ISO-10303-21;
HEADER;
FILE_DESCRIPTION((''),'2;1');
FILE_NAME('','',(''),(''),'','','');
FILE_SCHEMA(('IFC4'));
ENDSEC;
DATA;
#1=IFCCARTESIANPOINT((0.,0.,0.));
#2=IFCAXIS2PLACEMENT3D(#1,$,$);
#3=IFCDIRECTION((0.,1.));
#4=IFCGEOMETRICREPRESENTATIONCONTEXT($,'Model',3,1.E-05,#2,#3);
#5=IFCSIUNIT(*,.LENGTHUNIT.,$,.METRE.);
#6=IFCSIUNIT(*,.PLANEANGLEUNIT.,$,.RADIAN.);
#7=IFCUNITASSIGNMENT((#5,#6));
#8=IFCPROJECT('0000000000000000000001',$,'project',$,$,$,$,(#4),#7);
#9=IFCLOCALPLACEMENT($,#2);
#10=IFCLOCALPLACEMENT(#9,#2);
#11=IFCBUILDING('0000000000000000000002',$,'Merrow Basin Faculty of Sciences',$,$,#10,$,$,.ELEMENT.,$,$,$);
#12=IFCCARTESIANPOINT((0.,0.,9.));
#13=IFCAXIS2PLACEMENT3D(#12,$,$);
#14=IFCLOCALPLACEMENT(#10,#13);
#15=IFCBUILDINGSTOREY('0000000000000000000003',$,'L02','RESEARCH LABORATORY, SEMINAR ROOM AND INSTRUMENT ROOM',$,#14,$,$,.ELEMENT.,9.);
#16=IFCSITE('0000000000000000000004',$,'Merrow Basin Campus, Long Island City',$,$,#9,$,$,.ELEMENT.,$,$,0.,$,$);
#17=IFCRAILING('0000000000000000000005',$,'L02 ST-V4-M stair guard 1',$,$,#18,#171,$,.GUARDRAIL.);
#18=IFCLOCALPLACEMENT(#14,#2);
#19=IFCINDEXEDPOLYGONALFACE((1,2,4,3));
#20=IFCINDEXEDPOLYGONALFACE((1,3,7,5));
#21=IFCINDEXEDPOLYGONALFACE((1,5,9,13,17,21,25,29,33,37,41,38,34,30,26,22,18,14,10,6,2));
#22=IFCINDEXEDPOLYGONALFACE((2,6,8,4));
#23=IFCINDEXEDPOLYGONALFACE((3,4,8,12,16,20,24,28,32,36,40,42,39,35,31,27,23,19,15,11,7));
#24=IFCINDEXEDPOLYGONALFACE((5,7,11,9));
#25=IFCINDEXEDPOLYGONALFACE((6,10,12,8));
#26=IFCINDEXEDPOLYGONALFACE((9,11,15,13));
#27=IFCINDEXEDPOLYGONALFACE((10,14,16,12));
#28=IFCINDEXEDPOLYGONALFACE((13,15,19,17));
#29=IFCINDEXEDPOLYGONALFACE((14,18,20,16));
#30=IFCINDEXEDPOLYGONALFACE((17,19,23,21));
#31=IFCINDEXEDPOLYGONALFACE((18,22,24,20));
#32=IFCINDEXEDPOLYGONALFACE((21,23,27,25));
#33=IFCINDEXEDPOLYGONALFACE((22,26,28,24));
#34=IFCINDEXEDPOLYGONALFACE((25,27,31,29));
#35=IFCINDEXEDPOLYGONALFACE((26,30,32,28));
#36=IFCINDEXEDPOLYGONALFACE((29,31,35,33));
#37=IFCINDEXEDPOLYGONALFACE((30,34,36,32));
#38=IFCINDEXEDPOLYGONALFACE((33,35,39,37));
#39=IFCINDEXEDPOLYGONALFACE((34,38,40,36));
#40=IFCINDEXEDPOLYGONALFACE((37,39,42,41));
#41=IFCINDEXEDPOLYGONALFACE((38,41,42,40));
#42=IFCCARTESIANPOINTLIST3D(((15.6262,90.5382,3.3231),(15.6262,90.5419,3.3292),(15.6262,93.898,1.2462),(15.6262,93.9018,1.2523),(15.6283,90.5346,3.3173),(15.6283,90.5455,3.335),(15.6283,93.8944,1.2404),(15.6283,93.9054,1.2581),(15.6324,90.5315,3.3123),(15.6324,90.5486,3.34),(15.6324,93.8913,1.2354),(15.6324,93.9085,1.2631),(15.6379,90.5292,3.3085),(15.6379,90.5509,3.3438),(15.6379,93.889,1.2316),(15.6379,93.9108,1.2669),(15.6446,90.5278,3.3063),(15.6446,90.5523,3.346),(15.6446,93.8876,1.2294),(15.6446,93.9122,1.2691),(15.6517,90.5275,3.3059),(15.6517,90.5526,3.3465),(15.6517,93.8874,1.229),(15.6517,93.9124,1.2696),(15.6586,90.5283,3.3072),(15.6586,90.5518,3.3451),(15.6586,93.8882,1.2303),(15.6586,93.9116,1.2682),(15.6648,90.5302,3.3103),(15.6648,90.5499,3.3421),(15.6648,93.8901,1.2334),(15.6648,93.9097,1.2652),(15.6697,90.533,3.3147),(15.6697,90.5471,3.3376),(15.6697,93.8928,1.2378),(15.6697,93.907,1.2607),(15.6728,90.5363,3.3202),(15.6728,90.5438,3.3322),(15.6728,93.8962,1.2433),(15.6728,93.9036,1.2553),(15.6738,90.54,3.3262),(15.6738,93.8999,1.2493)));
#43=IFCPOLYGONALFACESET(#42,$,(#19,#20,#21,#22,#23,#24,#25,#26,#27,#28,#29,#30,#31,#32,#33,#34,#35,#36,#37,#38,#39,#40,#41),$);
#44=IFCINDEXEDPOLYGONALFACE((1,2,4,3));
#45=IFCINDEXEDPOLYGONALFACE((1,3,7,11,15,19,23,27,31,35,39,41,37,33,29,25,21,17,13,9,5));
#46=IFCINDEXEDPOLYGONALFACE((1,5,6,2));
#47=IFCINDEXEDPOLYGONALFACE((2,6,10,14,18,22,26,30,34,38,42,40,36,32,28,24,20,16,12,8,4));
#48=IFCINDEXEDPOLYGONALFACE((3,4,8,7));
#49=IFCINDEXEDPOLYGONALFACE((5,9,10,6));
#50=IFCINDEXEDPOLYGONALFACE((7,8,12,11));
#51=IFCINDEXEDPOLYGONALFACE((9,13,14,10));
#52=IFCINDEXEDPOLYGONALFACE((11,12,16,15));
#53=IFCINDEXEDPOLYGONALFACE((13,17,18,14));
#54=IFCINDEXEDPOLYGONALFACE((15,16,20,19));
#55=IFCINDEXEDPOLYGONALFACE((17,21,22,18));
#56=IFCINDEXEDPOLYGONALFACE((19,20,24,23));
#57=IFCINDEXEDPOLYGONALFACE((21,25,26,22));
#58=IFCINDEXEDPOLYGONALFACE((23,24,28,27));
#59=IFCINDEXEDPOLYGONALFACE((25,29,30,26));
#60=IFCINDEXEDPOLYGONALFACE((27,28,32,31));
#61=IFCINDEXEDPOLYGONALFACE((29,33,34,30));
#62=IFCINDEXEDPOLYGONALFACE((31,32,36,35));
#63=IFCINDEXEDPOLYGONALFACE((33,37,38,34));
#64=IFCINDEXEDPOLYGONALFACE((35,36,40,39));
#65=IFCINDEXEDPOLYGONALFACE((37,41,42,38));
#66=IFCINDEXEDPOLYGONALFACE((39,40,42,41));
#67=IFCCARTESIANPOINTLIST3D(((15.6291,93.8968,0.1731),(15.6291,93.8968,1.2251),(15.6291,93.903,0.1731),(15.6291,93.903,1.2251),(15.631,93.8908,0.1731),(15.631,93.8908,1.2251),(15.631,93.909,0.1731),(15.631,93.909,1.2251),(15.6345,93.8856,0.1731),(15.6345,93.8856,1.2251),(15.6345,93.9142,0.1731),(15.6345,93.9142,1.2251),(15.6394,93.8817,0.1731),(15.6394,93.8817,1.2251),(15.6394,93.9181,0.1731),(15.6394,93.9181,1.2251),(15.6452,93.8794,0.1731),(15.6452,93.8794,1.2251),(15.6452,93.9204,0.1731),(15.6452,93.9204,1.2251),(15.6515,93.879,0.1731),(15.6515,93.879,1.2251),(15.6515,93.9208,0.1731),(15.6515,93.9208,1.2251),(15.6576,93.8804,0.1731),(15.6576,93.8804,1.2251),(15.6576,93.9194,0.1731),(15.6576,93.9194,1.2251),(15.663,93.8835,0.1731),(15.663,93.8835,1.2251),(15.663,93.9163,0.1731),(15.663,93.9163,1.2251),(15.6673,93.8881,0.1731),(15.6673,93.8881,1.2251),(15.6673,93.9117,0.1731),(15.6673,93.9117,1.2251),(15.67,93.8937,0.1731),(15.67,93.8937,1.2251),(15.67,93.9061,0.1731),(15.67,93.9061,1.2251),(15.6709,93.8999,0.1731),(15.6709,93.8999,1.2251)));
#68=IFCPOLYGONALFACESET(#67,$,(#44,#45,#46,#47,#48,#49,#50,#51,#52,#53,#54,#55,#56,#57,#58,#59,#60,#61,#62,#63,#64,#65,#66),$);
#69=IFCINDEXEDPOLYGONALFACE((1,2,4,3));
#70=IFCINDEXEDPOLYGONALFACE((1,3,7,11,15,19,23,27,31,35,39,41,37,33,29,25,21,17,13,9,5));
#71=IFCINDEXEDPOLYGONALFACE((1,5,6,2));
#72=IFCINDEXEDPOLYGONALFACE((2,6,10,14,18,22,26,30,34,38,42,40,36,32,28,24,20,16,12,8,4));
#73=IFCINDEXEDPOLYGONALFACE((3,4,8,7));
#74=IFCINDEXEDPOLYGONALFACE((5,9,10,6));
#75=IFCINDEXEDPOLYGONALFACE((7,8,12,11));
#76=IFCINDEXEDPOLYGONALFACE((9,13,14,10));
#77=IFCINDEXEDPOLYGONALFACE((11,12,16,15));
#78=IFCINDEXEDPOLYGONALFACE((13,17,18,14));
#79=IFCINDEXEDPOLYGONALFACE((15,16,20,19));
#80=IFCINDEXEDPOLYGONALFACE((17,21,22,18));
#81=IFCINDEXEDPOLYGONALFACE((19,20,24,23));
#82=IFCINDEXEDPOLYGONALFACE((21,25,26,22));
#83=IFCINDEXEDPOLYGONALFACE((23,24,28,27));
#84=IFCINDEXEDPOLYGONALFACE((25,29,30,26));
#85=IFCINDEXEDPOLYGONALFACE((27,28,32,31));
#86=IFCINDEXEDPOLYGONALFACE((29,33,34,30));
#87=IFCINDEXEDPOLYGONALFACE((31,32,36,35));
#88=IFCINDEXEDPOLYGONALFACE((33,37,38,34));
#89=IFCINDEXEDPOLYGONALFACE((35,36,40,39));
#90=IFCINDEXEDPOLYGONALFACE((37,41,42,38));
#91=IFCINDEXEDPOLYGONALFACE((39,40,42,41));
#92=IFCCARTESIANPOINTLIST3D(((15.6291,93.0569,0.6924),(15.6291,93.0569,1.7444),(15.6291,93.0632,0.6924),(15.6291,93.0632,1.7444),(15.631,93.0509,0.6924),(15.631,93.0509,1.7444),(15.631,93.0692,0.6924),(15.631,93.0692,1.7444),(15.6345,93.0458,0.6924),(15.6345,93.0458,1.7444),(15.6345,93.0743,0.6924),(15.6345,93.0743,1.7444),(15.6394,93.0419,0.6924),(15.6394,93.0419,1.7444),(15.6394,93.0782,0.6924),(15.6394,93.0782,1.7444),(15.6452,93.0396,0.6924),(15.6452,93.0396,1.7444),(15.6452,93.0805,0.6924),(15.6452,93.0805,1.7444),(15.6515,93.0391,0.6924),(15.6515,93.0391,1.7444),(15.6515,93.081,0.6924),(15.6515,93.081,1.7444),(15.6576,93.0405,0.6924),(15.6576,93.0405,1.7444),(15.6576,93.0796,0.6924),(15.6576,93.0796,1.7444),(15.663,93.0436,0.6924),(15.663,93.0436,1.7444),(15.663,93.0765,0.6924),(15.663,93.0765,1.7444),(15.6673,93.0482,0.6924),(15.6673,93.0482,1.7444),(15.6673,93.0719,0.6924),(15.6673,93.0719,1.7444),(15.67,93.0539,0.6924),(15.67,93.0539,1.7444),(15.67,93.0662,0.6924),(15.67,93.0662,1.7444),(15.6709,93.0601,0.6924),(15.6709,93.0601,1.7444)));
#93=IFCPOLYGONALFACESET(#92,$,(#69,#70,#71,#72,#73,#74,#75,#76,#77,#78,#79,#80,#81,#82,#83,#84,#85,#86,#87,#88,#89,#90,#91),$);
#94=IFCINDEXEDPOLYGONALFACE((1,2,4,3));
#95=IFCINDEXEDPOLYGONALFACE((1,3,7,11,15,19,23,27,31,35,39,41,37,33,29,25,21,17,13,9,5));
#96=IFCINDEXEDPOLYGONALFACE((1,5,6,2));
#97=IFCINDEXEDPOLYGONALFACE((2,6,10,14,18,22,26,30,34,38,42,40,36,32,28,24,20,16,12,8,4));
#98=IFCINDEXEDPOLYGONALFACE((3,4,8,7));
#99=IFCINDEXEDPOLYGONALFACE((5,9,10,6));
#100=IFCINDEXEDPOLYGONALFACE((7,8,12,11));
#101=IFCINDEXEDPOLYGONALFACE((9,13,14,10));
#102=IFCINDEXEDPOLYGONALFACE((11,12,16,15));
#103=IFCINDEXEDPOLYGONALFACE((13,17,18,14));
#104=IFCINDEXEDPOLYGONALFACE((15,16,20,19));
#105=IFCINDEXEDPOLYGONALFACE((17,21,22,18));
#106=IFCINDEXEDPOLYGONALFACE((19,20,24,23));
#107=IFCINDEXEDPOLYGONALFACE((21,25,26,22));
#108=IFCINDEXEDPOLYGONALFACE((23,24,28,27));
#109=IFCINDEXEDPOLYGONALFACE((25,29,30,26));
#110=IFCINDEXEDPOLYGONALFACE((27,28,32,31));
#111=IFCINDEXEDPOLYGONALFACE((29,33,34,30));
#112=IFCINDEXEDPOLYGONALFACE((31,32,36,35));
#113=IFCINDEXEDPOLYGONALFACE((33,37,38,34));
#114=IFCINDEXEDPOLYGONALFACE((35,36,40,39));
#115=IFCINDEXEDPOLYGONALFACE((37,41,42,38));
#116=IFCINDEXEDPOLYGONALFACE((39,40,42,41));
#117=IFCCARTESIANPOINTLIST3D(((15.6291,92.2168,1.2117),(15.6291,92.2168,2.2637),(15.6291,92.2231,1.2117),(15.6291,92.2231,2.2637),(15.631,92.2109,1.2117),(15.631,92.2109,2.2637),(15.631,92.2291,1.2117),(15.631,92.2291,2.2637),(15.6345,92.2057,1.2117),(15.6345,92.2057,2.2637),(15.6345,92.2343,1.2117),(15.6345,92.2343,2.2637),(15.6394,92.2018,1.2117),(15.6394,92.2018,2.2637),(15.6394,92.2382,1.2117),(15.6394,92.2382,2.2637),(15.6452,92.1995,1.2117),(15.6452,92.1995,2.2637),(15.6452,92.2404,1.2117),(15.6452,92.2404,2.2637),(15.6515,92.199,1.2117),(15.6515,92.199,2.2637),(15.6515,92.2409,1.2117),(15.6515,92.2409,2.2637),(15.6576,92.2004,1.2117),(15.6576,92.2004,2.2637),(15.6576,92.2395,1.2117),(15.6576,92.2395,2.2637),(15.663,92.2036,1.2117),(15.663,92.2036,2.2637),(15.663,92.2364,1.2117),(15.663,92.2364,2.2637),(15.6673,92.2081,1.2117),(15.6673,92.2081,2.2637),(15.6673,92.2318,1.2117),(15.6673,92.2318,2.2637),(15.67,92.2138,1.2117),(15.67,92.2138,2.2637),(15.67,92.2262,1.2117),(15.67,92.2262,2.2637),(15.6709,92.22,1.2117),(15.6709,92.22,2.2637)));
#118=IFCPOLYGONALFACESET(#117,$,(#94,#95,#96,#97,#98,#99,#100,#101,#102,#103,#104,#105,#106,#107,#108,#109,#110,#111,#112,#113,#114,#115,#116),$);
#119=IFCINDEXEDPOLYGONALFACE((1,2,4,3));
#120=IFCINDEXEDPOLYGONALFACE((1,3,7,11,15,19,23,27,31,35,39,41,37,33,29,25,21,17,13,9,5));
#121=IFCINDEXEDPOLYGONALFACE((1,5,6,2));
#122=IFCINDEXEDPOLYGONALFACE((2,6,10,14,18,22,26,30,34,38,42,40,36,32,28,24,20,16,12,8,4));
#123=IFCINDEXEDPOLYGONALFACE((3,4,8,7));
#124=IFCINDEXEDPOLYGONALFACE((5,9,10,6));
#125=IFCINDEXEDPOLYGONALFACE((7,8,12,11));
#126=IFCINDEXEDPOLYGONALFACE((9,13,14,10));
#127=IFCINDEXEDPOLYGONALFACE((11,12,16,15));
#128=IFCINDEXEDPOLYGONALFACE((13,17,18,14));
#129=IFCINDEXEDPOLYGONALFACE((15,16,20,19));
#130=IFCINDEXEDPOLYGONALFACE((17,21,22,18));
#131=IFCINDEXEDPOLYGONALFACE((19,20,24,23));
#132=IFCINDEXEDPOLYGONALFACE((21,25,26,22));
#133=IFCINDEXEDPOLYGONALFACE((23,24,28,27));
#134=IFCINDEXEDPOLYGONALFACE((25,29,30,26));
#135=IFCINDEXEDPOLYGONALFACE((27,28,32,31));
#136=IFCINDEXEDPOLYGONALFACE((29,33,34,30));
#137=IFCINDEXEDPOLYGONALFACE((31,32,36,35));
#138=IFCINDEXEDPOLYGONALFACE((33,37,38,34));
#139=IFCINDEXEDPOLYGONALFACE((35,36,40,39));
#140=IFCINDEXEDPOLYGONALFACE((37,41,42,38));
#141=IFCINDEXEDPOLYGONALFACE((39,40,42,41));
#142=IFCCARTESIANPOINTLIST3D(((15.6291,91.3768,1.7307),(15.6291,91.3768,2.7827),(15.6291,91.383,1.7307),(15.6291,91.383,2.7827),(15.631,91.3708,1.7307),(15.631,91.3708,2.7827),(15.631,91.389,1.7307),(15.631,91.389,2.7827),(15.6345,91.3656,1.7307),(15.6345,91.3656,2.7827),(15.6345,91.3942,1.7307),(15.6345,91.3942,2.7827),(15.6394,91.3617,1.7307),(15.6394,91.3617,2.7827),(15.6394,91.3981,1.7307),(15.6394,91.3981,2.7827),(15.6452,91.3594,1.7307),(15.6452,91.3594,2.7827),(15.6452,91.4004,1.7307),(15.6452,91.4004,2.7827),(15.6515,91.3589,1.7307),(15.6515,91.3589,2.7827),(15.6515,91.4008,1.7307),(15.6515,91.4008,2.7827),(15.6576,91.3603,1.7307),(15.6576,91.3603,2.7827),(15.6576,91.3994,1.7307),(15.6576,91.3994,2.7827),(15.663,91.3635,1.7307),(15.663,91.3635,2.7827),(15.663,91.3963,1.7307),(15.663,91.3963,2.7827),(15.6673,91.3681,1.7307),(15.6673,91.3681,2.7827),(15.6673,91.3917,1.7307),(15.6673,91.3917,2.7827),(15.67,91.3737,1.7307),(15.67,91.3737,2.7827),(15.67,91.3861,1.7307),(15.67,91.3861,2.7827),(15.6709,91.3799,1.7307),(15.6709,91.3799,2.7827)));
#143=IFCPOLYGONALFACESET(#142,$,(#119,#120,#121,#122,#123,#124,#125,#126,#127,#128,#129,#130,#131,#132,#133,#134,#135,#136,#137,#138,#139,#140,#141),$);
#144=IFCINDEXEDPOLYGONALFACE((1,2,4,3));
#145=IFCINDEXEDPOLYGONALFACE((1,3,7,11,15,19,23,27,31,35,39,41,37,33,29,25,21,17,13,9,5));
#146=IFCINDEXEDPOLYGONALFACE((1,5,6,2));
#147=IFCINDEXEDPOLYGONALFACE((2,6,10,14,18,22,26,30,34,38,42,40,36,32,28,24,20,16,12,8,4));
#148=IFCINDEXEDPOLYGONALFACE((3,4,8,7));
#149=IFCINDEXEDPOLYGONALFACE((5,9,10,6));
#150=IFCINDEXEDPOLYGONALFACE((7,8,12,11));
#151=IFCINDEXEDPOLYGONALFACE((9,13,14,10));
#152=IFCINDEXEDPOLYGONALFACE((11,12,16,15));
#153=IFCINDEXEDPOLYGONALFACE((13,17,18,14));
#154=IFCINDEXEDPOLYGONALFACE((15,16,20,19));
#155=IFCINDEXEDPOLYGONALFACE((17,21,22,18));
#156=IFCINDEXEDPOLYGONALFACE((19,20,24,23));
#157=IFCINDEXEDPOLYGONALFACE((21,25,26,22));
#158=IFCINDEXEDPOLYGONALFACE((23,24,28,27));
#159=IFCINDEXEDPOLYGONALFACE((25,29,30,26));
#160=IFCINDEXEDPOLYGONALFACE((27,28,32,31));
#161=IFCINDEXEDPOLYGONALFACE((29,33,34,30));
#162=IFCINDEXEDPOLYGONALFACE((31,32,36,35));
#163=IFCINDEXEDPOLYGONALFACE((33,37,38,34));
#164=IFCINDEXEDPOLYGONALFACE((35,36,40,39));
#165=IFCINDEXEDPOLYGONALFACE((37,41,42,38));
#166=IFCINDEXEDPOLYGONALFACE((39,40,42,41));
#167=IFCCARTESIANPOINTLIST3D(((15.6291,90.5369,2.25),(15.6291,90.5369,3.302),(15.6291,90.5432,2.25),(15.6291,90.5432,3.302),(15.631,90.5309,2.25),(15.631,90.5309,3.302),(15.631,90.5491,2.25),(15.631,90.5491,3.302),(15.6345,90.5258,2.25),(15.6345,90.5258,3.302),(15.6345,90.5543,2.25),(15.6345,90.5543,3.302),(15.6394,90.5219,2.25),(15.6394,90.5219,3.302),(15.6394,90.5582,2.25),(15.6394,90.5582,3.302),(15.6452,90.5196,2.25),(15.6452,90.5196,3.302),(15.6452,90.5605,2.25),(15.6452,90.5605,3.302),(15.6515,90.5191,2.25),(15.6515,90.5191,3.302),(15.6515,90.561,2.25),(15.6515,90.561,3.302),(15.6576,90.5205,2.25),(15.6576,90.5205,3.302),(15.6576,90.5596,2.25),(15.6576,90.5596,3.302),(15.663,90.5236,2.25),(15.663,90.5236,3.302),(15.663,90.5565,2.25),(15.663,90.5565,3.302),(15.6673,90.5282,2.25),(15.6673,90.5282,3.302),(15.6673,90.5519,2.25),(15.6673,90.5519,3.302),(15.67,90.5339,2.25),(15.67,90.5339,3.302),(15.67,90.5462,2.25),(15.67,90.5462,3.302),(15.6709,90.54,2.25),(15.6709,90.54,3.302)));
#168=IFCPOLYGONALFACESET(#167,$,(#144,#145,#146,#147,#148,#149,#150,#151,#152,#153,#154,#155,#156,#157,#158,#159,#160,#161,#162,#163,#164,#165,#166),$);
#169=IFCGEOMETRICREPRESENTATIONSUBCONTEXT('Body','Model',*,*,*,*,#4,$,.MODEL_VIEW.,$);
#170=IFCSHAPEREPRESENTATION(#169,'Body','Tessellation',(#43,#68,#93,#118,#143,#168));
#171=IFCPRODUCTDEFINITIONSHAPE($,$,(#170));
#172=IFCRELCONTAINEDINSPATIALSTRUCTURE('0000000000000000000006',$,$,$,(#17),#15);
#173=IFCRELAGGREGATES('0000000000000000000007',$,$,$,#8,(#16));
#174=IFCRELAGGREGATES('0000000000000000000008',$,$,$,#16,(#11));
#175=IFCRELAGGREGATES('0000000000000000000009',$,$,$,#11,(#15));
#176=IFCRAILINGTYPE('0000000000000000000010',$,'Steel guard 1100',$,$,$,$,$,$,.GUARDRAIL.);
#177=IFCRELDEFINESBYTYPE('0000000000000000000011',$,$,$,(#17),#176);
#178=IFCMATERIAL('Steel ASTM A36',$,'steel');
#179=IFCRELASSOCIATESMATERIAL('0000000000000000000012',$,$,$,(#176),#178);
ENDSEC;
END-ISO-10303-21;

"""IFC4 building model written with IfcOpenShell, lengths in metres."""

from ifc_helpers import new_model, si_unit, direction, frame, origin, origin_2d, place, context, subcontext, project, spatial, circle, extrude, material, type_object, element, save


model = new_model("IFC4")

# Units and contexts
model_context = context("Model", 3, precision=1e-05, world=origin(), true_north=direction((0.0, 1.0)))
body_context = subcontext(model_context, "Body", "Model", "MODEL_VIEW")
ifc_project = project(units=[si_unit("LENGTHUNIT", "METRE"), si_unit("PLANEANGLEUNIT", "RADIAN")], contexts=[model_context])

# Site, building, storey
site_placement = place(None, origin())
site = spatial("IfcSite", under=ifc_project, at=site_placement, Name="Merrow Basin Campus, Long Island City", CompositionType="ELEMENT", RefElevation=0.0)
building_placement = place(site_placement, origin())
building = spatial("IfcBuilding", under=site, at=building_placement, Name="Merrow Basin Faculty of Sciences", CompositionType="ELEMENT")
storey_placement = place(building_placement, frame((0.0, 0.0, 9.0)))
storey = spatial("IfcBuildingStorey", under=building, at=storey_placement, Name="L02", Description="RESEARCH LABORATORY, SEMINAR ROOM AND INSTRUMENT ROOM", CompositionType="ELEMENT", Elevation=9.0)

# Railing
ifc_material_1 = material(Name="Steel ASTM A36", Category="steel")
railing_type_1 = type_object("IfcRailingType", Name="Steel guard 1100", PredefinedType="GUARDRAIL", material=ifc_material_1)
railing_1_placement = place(storey_placement, frame((15.6499, 93.8999, 0.1731)))
element("IfcRailing", 1, at=railing_1_placement, inside=storey, type_object=railing_type_1, Name="L02 ST-V4-M stair guard 1", PredefinedType="GUARDRAIL", context=body_context, shape_type="SweptSolid", body=[
    extrude(circle(Radius=0.0239, at=origin_2d()), frame((0.0, 0.0, 1.0762), z_axis=(0.0, -0.850606, 0.525803), x_axis=(1.0, 0.0, 0.0)), (0.0, 0.0, 1.0), 3.95),
    extrude(circle(Radius=0.021, at=origin_2d()), origin(), (0.0, 0.0, 1.0), 1.052),
    extrude(circle(Radius=0.021, at=origin_2d()), frame((0.0, -0.8398, 0.5193)), (0.0, 0.0, 1.0), 1.052),
    extrude(circle(Radius=0.021, at=origin_2d()), frame((0.0, -1.6799, 1.0386)), (0.0, 0.0, 1.0), 1.052),
    extrude(circle(Radius=0.021, at=origin_2d()), frame((0.0, -2.52, 1.5576)), (0.0, 0.0, 1.0), 1.052),
    extrude(circle(Radius=0.021, at=origin_2d()), frame((0.0, -3.3599, 2.0769)), (0.0, 0.0, 1.0), 1.052),
])

save(model, "model.ifc")
